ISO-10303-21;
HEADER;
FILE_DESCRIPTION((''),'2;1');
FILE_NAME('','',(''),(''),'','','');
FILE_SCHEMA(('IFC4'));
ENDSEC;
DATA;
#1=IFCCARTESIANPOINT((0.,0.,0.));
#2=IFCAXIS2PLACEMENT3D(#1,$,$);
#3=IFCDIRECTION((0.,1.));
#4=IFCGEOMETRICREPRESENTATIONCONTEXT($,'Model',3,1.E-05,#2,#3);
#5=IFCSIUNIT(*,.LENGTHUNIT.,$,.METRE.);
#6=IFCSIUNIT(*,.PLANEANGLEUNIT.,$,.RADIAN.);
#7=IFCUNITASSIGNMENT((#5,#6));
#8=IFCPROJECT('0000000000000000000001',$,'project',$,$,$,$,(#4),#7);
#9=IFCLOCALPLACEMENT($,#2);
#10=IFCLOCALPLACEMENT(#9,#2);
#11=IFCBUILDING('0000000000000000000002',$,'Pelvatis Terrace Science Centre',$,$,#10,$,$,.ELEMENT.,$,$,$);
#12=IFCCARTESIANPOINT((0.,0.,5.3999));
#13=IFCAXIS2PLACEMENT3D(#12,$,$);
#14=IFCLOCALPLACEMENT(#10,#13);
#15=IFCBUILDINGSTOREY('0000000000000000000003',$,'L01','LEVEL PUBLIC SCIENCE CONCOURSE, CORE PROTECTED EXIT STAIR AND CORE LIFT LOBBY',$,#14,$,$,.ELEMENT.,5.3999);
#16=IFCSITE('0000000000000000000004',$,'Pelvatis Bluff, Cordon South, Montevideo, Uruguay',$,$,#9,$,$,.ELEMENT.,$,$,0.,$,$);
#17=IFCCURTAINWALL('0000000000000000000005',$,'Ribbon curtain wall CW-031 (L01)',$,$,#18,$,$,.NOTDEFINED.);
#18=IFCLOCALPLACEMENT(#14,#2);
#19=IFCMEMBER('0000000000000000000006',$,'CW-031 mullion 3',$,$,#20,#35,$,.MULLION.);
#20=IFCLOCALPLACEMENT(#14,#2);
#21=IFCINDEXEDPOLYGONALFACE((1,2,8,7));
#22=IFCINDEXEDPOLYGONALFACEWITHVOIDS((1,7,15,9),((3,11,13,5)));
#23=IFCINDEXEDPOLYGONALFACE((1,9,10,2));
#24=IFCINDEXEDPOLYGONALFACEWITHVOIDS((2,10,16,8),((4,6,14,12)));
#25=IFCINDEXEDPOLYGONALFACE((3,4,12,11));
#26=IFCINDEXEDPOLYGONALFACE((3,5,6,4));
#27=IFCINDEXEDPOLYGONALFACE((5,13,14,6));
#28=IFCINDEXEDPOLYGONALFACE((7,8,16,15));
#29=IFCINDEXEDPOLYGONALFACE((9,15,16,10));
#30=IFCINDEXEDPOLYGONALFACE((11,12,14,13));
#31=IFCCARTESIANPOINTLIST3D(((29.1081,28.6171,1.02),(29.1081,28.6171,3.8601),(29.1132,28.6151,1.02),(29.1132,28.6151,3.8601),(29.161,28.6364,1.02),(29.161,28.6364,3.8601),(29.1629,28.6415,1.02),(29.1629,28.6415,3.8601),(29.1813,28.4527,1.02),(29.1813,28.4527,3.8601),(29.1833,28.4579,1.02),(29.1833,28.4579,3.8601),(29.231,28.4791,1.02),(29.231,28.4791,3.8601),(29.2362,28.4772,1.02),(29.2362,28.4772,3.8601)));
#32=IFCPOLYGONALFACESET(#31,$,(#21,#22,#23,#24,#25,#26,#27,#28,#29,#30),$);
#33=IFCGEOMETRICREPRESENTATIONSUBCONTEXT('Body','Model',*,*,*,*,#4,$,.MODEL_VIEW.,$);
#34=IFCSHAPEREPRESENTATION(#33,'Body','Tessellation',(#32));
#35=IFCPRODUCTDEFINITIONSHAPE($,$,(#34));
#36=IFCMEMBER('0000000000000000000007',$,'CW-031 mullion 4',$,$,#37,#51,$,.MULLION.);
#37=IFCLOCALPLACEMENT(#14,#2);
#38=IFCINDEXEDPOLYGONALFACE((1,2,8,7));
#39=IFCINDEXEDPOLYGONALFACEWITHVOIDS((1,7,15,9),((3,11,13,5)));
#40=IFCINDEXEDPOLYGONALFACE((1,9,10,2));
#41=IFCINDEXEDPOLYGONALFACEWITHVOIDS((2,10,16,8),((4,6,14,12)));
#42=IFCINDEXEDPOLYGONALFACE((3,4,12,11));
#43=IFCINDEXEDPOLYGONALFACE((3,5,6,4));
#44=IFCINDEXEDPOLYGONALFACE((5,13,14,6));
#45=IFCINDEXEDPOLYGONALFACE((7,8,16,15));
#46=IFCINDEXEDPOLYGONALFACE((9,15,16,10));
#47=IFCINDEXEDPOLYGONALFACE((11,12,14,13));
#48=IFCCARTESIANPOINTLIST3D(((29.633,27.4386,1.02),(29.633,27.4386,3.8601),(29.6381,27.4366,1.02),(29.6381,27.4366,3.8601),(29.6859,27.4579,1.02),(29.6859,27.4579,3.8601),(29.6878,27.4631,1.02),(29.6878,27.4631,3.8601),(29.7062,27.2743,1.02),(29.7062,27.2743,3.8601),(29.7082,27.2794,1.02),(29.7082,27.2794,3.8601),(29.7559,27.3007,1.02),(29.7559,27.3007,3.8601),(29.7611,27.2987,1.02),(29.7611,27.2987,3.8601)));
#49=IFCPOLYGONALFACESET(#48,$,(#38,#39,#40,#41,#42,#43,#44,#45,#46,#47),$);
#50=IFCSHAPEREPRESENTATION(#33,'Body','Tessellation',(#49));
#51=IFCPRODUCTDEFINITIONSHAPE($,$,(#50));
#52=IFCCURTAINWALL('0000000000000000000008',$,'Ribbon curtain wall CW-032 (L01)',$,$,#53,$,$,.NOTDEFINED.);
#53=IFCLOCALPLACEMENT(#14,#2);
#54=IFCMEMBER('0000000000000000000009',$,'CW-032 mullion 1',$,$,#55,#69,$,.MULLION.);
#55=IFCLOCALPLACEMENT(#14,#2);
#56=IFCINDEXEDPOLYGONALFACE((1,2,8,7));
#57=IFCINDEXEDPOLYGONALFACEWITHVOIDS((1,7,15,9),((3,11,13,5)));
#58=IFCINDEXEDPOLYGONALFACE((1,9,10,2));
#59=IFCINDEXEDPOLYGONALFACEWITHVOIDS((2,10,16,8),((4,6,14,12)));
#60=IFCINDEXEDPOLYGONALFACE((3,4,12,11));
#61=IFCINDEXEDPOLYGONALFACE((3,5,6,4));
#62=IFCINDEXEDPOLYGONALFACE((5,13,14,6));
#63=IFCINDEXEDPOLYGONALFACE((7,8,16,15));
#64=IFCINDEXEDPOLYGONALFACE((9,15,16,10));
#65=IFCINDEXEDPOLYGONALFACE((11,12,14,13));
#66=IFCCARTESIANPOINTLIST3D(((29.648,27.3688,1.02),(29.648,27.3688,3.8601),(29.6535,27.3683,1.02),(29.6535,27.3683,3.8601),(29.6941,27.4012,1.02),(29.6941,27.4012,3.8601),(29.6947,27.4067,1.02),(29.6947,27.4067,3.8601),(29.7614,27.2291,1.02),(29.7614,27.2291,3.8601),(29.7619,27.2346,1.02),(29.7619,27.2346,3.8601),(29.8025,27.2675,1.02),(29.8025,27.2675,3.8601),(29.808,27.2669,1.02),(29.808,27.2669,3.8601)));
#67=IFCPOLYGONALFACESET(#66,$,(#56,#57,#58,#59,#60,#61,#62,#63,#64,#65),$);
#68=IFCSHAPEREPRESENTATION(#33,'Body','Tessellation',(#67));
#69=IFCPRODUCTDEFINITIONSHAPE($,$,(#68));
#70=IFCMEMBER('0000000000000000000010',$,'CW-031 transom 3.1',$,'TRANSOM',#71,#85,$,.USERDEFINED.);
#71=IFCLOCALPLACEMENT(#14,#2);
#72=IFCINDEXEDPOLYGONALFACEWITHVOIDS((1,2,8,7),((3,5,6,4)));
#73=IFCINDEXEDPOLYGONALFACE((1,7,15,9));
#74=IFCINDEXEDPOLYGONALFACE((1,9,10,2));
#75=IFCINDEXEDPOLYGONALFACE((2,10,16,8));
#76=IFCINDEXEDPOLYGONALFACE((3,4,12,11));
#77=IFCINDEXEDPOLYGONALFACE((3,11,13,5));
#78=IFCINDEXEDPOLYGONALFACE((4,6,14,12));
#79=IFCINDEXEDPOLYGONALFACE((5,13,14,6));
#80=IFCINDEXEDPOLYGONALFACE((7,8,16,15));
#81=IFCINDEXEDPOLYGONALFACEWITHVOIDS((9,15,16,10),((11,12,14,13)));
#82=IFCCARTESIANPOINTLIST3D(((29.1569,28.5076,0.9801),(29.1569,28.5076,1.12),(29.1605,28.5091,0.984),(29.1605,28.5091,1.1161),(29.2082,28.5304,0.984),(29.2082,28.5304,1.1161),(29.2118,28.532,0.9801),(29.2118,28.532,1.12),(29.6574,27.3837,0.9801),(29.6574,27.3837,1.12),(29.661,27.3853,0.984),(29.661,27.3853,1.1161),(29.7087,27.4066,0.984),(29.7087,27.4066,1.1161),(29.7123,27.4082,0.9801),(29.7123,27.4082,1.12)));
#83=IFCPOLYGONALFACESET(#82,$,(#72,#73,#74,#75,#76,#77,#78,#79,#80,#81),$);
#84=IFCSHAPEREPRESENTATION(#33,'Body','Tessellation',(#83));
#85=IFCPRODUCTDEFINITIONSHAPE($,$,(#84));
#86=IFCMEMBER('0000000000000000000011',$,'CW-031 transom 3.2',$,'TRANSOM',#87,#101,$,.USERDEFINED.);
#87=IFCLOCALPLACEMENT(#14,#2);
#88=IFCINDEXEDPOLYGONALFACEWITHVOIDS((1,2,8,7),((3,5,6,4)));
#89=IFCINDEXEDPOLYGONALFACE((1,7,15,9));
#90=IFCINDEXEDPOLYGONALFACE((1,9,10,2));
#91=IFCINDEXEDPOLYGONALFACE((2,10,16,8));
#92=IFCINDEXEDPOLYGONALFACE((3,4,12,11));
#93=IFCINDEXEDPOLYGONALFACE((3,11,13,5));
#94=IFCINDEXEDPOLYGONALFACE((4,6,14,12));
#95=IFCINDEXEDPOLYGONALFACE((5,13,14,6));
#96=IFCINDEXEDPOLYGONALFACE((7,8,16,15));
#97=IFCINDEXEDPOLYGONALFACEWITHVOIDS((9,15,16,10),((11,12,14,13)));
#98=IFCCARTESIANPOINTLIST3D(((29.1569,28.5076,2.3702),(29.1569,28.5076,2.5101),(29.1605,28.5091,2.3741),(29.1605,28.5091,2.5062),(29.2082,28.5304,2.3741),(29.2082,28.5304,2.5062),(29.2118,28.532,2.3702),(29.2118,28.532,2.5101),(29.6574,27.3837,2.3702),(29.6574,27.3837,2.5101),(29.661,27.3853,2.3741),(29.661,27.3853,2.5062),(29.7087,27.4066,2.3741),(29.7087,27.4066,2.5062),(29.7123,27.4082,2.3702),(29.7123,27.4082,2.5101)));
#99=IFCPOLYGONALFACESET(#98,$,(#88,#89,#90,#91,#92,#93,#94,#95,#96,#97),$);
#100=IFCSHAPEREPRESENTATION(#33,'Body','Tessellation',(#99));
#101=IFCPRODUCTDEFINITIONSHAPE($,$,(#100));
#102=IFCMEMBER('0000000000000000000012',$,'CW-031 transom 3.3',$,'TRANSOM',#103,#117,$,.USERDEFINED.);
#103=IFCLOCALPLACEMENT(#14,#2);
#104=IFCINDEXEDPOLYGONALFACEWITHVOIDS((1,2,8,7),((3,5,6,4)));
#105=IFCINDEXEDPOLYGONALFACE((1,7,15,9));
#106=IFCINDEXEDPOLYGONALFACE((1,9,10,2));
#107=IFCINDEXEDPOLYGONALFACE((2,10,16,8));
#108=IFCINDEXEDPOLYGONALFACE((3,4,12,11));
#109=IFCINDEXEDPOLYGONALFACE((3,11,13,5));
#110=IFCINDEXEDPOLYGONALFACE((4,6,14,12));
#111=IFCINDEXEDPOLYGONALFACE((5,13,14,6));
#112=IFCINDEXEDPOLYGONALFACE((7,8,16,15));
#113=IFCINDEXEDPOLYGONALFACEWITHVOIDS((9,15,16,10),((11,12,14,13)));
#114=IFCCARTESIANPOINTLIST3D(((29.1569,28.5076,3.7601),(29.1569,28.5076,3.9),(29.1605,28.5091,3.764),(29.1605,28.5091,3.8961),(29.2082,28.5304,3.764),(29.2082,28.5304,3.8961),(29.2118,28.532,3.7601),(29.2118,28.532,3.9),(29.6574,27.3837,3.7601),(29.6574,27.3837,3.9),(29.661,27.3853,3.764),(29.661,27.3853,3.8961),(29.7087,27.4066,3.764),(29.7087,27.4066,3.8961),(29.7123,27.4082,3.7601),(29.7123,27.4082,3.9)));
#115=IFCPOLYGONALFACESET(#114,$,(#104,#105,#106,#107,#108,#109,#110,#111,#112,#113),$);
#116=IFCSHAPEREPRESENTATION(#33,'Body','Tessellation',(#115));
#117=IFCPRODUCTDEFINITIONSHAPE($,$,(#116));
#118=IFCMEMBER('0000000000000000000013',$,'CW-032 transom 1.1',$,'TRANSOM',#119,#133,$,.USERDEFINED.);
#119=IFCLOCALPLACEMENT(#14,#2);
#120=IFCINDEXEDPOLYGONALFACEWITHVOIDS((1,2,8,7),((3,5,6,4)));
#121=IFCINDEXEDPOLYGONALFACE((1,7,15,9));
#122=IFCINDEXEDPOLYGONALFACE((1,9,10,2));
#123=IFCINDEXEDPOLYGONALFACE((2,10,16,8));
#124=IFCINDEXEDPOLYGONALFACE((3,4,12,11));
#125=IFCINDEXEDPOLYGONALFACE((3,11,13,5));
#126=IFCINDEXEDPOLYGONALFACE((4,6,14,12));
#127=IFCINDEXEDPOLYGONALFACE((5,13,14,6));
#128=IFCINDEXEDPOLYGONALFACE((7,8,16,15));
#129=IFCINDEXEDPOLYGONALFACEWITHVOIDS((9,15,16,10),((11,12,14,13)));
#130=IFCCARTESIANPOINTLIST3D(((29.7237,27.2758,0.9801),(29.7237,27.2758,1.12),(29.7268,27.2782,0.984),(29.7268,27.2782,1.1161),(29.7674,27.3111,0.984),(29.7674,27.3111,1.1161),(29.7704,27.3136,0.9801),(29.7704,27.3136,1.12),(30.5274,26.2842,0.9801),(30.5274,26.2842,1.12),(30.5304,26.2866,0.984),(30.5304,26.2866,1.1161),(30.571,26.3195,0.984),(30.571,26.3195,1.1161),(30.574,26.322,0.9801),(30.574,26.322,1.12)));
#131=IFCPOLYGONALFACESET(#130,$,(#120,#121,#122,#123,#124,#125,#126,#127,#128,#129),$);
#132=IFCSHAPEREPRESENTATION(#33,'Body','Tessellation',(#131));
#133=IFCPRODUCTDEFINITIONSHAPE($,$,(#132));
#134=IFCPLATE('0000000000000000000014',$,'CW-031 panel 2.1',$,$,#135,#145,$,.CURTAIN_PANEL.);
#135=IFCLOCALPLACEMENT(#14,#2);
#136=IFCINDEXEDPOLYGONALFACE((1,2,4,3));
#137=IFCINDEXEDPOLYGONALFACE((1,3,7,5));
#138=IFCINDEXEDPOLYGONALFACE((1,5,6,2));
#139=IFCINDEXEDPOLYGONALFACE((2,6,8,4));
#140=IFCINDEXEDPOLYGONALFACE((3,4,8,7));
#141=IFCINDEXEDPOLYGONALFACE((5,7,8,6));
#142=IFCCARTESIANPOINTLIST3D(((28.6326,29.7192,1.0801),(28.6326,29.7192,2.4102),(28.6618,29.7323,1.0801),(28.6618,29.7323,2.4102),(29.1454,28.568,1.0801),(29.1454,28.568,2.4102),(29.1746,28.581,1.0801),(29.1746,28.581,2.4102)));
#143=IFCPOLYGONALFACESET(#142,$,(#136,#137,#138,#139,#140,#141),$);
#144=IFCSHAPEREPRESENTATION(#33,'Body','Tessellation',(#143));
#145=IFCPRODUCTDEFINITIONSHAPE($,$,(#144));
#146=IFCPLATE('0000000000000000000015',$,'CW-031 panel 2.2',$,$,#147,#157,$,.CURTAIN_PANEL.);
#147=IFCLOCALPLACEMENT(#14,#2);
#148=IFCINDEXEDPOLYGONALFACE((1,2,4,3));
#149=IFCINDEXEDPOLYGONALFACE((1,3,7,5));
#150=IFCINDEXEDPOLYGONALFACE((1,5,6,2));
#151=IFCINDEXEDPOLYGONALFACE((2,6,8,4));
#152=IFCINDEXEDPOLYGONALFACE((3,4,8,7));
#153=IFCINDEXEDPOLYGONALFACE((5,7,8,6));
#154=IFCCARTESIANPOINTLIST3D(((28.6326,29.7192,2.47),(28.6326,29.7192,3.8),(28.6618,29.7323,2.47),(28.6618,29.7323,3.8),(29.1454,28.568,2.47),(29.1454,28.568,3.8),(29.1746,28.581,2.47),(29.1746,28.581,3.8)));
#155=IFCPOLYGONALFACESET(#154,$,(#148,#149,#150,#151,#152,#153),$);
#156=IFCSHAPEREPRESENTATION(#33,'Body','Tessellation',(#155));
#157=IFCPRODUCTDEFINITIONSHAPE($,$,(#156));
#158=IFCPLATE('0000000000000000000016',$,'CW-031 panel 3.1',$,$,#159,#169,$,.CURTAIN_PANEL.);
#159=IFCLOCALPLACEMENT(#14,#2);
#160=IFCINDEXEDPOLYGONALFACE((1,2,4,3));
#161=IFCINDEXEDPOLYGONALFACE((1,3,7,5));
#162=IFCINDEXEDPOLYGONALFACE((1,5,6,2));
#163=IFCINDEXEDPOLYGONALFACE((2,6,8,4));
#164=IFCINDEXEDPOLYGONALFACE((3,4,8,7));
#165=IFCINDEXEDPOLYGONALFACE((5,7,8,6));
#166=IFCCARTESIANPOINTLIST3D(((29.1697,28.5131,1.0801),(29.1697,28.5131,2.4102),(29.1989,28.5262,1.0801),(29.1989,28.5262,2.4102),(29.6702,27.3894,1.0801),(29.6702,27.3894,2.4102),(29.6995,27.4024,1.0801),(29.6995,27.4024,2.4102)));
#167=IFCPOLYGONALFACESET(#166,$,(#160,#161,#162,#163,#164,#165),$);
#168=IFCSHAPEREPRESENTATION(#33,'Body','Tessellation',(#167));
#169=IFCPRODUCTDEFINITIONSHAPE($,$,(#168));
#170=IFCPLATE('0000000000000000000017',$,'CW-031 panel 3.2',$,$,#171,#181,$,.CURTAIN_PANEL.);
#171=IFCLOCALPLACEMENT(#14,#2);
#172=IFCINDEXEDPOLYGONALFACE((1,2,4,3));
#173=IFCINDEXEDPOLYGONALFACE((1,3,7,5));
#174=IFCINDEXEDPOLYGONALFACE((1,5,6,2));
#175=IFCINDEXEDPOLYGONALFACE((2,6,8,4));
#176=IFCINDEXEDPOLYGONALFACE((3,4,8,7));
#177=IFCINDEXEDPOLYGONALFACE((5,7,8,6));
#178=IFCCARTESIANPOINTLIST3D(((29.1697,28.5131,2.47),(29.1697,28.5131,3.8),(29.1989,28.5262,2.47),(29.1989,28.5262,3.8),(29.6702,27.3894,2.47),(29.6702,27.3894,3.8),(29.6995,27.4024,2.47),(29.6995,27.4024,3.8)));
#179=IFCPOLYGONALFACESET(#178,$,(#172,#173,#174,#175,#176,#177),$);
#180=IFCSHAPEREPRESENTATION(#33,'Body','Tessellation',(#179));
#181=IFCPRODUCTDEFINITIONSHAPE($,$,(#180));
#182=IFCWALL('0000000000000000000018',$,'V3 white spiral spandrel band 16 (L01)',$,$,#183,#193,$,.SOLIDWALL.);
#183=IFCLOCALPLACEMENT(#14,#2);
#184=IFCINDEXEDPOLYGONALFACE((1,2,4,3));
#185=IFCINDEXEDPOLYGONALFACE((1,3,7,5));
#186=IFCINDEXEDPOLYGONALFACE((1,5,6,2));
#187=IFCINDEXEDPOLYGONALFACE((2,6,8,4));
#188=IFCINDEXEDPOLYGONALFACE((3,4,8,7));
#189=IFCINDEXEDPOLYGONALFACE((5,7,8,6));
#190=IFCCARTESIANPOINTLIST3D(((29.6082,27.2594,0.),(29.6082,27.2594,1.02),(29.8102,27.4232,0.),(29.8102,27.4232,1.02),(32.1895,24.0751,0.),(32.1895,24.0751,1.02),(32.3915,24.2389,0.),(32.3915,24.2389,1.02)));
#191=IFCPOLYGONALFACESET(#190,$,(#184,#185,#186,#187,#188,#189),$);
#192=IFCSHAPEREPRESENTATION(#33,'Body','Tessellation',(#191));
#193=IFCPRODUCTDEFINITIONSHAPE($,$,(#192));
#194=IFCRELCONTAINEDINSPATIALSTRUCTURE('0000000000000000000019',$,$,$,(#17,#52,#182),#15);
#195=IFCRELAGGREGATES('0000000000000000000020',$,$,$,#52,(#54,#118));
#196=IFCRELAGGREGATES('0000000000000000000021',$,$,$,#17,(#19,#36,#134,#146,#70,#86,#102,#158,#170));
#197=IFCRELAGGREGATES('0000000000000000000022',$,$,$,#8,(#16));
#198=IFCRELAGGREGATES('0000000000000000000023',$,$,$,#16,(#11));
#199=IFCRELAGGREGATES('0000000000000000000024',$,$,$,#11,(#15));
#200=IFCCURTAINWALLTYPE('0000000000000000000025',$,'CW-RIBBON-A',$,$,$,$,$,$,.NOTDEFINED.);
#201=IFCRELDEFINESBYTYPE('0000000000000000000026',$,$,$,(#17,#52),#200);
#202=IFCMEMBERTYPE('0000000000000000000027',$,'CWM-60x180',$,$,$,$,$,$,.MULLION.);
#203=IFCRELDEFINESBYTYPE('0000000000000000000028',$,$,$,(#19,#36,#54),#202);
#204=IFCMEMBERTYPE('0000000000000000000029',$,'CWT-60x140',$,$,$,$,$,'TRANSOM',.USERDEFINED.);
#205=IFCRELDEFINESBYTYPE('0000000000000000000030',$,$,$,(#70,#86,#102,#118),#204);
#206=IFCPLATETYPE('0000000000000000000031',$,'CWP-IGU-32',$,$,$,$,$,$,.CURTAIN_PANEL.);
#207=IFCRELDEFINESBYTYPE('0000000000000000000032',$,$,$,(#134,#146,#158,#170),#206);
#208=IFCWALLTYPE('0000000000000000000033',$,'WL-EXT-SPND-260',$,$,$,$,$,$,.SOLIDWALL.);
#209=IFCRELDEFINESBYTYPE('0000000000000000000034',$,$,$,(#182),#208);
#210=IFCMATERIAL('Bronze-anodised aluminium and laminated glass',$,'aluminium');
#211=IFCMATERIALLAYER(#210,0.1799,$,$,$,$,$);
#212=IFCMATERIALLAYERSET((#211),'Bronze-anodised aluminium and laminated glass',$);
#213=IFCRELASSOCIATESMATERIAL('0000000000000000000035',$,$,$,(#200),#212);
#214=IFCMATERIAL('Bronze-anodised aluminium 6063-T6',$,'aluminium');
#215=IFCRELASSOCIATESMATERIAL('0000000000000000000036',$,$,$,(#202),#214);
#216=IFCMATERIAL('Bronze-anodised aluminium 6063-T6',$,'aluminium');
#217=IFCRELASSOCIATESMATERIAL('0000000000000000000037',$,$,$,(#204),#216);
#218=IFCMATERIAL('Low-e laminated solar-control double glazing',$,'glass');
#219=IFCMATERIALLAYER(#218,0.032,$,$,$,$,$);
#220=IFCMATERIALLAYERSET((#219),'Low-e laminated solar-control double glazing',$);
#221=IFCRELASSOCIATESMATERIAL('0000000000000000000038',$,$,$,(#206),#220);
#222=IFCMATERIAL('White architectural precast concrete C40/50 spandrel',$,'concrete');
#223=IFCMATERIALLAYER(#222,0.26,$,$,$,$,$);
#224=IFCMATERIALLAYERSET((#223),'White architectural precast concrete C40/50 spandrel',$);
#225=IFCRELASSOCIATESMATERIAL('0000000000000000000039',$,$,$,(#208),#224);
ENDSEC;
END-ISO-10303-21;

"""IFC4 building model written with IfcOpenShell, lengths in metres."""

from ifc_helpers import new_model, si_unit, direction, frame, frame_2d, origin, origin_2d, place, context, subcontext, project, spatial, rectangle, hollow_rectangle, extrude, material, layer, layer_set, material_profile, profile_set, type_object, element, aggregate, save


model = new_model("IFC4")

# Units and contexts
model_context = context("Model", 3, precision=1e-05, world=origin(), true_north=direction((0.0, 1.0)))
body_context = subcontext(model_context, "Body", "Model", "MODEL_VIEW")
ifc_project = project(units=[si_unit("LENGTHUNIT", "METRE"), si_unit("PLANEANGLEUNIT", "RADIAN")], contexts=[model_context])

# Site, building, storey
site_placement = place(None, origin())
site = spatial("IfcSite", under=ifc_project, at=site_placement, Name="Pelvatis Bluff, Cordon South, Montevideo, Uruguay", CompositionType="ELEMENT", RefElevation=0.0)
building_placement = place(site_placement, origin())
building = spatial("IfcBuilding", under=site, at=building_placement, Name="Pelvatis Terrace Science Centre", CompositionType="ELEMENT")
storey_placement = place(building_placement, frame((0.0, 0.0, 5.3999)))
storey = spatial("IfcBuildingStorey", under=building, at=storey_placement, Name="L01", Description="LEVEL PUBLIC SCIENCE CONCOURSE, CORE PROTECTED EXIT STAIR AND CORE LIFT LOBBY", CompositionType="ELEMENT", Elevation=5.3999)

# Curtain wall, members
ifc_material_1 = material(Name="Bronze-anodised aluminium and laminated glass", Category="aluminium")
ifc_layer_1 = layer(ifc_material_1, 0.1799)
ifc_layer_set_1 = layer_set([ifc_layer_1], Name="Bronze-anodised aluminium and laminated glass")
curtain_wall_type = type_object("IfcCurtainWallType", Name="CW-RIBBON-A", PredefinedType="NOTDEFINED", material=ifc_layer_set_1)
curtain_wall_1_placement = place(storey_placement, origin())
curtain_wall_1 = element("IfcCurtainWall", 1, at=curtain_wall_1_placement, inside=storey, type_object=curtain_wall_type, Name="Ribbon curtain wall CW-031 (L01)", PredefinedType="NOTDEFINED")
ifc_material_2 = material(Name="Bronze-anodised aluminium 6063-T6", Category="aluminium")
ifc_material_profile_1 = material_profile(ifc_material_2, hollow_rectangle(XDim=0.0601, YDim=0.1799, WallThickness=0.0039, at=origin_2d()), Name="ALU-MUL 60x180")
ifc_profile_set_1 = profile_set([ifc_material_profile_1], Name="Bronze-anodised aluminium 6063-T6")
member_type_1 = type_object("IfcMemberType", Name="CWM-60x180", PredefinedType="MULLION", material=ifc_profile_set_1)
member_1_placement = place(storey_placement, frame((29.1721, 28.5471, 1.02), z_axis=(0.0, 0.0, 1.0), x_axis=(0.913475, 0.406895, 0.0)))
member_1 = element("IfcMember", 2, at=member_1_placement, type_object=member_type_1, Name="CW-031 mullion 3", PredefinedType="MULLION", context=body_context, shape_type="SweptSolid", body=[
    extrude(hollow_rectangle(XDim=0.0601, YDim=0.1799, WallThickness=0.0039, at=origin_2d()), origin(), (0.0, 0.0, 1.0), 2.8401),
])
member_2_placement = place(storey_placement, frame((29.697, 27.3687, 1.02), z_axis=(0.0, 0.0, 1.0), x_axis=(0.913475, 0.406895, 0.0)))
member_2 = element("IfcMember", 3, at=member_2_placement, type_object=member_type_1, Name="CW-031 mullion 4", PredefinedType="MULLION", context=body_context, shape_type="SweptSolid", body=[
    extrude(hollow_rectangle(XDim=0.0601, YDim=0.1799, WallThickness=0.0039, at=origin_2d()), origin(), (0.0, 0.0, 1.0), 2.8401),
])

# Curtain wall, member
curtain_wall_2_placement = place(storey_placement, origin())
curtain_wall_2 = element("IfcCurtainWall", 4, at=curtain_wall_2_placement, inside=storey, type_object=curtain_wall_type, Name="Ribbon curtain wall CW-032 (L01)", PredefinedType="NOTDEFINED")
member_3_placement = place(storey_placement, frame((29.728, 27.3179, 1.02), z_axis=(0.0, 0.0, 1.0), x_axis=(0.776811, 0.629734, 0.0)))
member_3 = element("IfcMember", 5, at=member_3_placement, type_object=member_type_1, Name="CW-032 mullion 1", PredefinedType="MULLION", context=body_context, shape_type="SweptSolid", body=[
    extrude(hollow_rectangle(XDim=0.0601, YDim=0.1799, WallThickness=0.0039, at=origin_2d()), origin(), (0.0, 0.0, 1.0), 2.8401),
])

# Members
ifc_material_3 = material(Name="Bronze-anodised aluminium 6063-T6", Category="aluminium")
ifc_material_profile_2 = material_profile(ifc_material_3, hollow_rectangle(XDim=0.0601, YDim=0.1399, WallThickness=0.0039, at=origin_2d()), Name="ALU-TRN 60x140")
ifc_profile_set_2 = profile_set([ifc_material_profile_2], Name="Bronze-anodised aluminium 6063-T6")
member_type_2 = type_object("IfcMemberType", Name="CWT-60x140", ElementType="TRANSOM", PredefinedType="USERDEFINED", material=ifc_profile_set_2)
member_4_placement = place(storey_placement, frame((29.1843, 28.5198, 1.05), z_axis=(0.406838, -0.9135, 0.0), x_axis=(0.9135, 0.406838, 0.0)))
member_4 = element("IfcMember", 6, at=member_4_placement, type_object=member_type_2, Name="CW-031 transom 3.1", ObjectType="TRANSOM", PredefinedType="USERDEFINED", context=body_context, shape_type="SweptSolid", body=[
    extrude(hollow_rectangle(XDim=0.0601, YDim=0.1399, WallThickness=0.0039, at=origin_2d()), origin(), (0.0, 0.0, 1.0), 1.2302),
])
member_5_placement = place(storey_placement, frame((29.1843, 28.5198, 2.4402), z_axis=(0.406838, -0.9135, 0.0), x_axis=(0.9135, 0.406838, 0.0)))
member_5 = element("IfcMember", 7, at=member_5_placement, type_object=member_type_2, Name="CW-031 transom 3.2", ObjectType="TRANSOM", PredefinedType="USERDEFINED", context=body_context, shape_type="SweptSolid", body=[
    extrude(hollow_rectangle(XDim=0.0601, YDim=0.1399, WallThickness=0.0039, at=origin_2d()), origin(), (0.0, 0.0, 1.0), 1.2302),
])
member_6_placement = place(storey_placement, frame((29.1843, 28.5198, 3.8301), z_axis=(0.406838, -0.9135, 0.0), x_axis=(0.9135, 0.406838, 0.0)))
member_6 = element("IfcMember", 8, at=member_6_placement, type_object=member_type_2, Name="CW-031 transom 3.3", ObjectType="TRANSOM", PredefinedType="USERDEFINED", context=body_context, shape_type="SweptSolid", body=[
    extrude(hollow_rectangle(XDim=0.0601, YDim=0.1399, WallThickness=0.0039, at=origin_2d()), origin(), (0.0, 0.0, 1.0), 1.2302),
])
member_7_placement = place(storey_placement, frame((29.7471, 27.2947, 1.05), z_axis=(0.629627, -0.776897, 0.0), x_axis=(0.776897, 0.629627, 0.0)))
member_7 = element("IfcMember", 9, at=member_7_placement, type_object=member_type_2, Name="CW-032 transom 1.1", ObjectType="TRANSOM", PredefinedType="USERDEFINED", context=body_context, shape_type="SweptSolid", body=[
    extrude(hollow_rectangle(XDim=0.0601, YDim=0.1399, WallThickness=0.0039, at=origin_2d()), origin(), (0.0, 0.0, 1.0), 1.2764),
])
aggregate(curtain_wall_2, [member_3, member_7])

# Plates
ifc_material_4 = material(Name="Low-e laminated solar-control double glazing", Category="glass")
ifc_layer_2 = layer(ifc_material_4, 0.032)
ifc_layer_set_2 = layer_set([ifc_layer_2], Name="Low-e laminated solar-control double glazing")
plate_type = type_object("IfcPlateType", Name="CWP-IGU-32", PredefinedType="CURTAIN_PANEL", material=ifc_layer_set_2)
plate_1_placement = place(storey_placement, frame((28.9036, 29.1501, 1.0801), z_axis=(0.0, 0.0, 1.0), x_axis=(0.406895, -0.913475, 0.0)))
plate_1 = element("IfcPlate", 10, at=plate_1_placement, type_object=plate_type, Name="CW-031 panel 2.1", PredefinedType="CURTAIN_PANEL", context=body_context, shape_type="SweptSolid", body=[
    extrude(rectangle(XDim=1.2603, YDim=0.032, at=origin_2d()), origin(), (0.0, 0.0, 1.0), 1.3301),
])
plate_2_placement = place(storey_placement, frame((28.9036, 29.1501, 2.47), z_axis=(0.0, 0.0, 1.0), x_axis=(0.406895, -0.913475, 0.0)))
plate_2 = element("IfcPlate", 11, at=plate_2_placement, type_object=plate_type, Name="CW-031 panel 2.2", PredefinedType="CURTAIN_PANEL", context=body_context, shape_type="SweptSolid", body=[
    extrude(rectangle(XDim=1.2603, YDim=0.032, at=origin_2d()), origin(), (0.0, 0.0, 1.0), 1.3301),
])
plate_3_placement = place(storey_placement, frame((29.4346, 27.9578, 1.0801), z_axis=(0.0, 0.0, 1.0), x_axis=(0.406895, -0.913475, 0.0)))
plate_3 = element("IfcPlate", 12, at=plate_3_placement, type_object=plate_type, Name="CW-031 panel 3.1", PredefinedType="CURTAIN_PANEL", context=body_context, shape_type="SweptSolid", body=[
    extrude(rectangle(XDim=1.2302, YDim=0.032, at=origin_2d()), origin(), (0.0, 0.0, 1.0), 1.3301),
])
plate_4_placement = place(storey_placement, frame((29.4346, 27.9578, 2.47), z_axis=(0.0, 0.0, 1.0), x_axis=(0.406895, -0.913475, 0.0)))
plate_4 = element("IfcPlate", 13, at=plate_4_placement, type_object=plate_type, Name="CW-031 panel 3.2", PredefinedType="CURTAIN_PANEL", context=body_context, shape_type="SweptSolid", body=[
    extrude(rectangle(XDim=1.2302, YDim=0.032, at=origin_2d()), origin(), (0.0, 0.0, 1.0), 1.3301),
])
aggregate(curtain_wall_1, [member_1, member_2, plate_1, plate_2, member_4, member_5, member_6, plate_3, plate_4])

# Wall
ifc_material_5 = material(Name="White architectural precast concrete C40/50 spandrel", Category="concrete")
ifc_layer_3 = layer(ifc_material_5, 0.26)
ifc_layer_set_3 = layer_set([ifc_layer_3], Name="White architectural precast concrete C40/50 spandrel")
wall_type_1 = type_object("IfcWallType", Name="WL-EXT-SPND-260", PredefinedType="SOLIDWALL", material=ifc_layer_set_3)
wall_1_placement = place(storey_placement, frame((29.7092, 27.3413, 0.0), z_axis=(0.0, 0.0, 1.0), x_axis=(0.629716, -0.776826, 0.0)))
element("IfcWall", 14, at=wall_1_placement, inside=storey, type_object=wall_type_1, Name="V3 white spiral spandrel band 16 (L01)", PredefinedType="SOLIDWALL", context=body_context, shape_type="SweptSolid", body=[
    extrude(rectangle(XDim=4.0991, YDim=0.26, at=frame_2d((2.0496, 0.0))), origin(), (0.0, 0.0, 1.0), 1.02),
])

save(model, "model.ifc")
